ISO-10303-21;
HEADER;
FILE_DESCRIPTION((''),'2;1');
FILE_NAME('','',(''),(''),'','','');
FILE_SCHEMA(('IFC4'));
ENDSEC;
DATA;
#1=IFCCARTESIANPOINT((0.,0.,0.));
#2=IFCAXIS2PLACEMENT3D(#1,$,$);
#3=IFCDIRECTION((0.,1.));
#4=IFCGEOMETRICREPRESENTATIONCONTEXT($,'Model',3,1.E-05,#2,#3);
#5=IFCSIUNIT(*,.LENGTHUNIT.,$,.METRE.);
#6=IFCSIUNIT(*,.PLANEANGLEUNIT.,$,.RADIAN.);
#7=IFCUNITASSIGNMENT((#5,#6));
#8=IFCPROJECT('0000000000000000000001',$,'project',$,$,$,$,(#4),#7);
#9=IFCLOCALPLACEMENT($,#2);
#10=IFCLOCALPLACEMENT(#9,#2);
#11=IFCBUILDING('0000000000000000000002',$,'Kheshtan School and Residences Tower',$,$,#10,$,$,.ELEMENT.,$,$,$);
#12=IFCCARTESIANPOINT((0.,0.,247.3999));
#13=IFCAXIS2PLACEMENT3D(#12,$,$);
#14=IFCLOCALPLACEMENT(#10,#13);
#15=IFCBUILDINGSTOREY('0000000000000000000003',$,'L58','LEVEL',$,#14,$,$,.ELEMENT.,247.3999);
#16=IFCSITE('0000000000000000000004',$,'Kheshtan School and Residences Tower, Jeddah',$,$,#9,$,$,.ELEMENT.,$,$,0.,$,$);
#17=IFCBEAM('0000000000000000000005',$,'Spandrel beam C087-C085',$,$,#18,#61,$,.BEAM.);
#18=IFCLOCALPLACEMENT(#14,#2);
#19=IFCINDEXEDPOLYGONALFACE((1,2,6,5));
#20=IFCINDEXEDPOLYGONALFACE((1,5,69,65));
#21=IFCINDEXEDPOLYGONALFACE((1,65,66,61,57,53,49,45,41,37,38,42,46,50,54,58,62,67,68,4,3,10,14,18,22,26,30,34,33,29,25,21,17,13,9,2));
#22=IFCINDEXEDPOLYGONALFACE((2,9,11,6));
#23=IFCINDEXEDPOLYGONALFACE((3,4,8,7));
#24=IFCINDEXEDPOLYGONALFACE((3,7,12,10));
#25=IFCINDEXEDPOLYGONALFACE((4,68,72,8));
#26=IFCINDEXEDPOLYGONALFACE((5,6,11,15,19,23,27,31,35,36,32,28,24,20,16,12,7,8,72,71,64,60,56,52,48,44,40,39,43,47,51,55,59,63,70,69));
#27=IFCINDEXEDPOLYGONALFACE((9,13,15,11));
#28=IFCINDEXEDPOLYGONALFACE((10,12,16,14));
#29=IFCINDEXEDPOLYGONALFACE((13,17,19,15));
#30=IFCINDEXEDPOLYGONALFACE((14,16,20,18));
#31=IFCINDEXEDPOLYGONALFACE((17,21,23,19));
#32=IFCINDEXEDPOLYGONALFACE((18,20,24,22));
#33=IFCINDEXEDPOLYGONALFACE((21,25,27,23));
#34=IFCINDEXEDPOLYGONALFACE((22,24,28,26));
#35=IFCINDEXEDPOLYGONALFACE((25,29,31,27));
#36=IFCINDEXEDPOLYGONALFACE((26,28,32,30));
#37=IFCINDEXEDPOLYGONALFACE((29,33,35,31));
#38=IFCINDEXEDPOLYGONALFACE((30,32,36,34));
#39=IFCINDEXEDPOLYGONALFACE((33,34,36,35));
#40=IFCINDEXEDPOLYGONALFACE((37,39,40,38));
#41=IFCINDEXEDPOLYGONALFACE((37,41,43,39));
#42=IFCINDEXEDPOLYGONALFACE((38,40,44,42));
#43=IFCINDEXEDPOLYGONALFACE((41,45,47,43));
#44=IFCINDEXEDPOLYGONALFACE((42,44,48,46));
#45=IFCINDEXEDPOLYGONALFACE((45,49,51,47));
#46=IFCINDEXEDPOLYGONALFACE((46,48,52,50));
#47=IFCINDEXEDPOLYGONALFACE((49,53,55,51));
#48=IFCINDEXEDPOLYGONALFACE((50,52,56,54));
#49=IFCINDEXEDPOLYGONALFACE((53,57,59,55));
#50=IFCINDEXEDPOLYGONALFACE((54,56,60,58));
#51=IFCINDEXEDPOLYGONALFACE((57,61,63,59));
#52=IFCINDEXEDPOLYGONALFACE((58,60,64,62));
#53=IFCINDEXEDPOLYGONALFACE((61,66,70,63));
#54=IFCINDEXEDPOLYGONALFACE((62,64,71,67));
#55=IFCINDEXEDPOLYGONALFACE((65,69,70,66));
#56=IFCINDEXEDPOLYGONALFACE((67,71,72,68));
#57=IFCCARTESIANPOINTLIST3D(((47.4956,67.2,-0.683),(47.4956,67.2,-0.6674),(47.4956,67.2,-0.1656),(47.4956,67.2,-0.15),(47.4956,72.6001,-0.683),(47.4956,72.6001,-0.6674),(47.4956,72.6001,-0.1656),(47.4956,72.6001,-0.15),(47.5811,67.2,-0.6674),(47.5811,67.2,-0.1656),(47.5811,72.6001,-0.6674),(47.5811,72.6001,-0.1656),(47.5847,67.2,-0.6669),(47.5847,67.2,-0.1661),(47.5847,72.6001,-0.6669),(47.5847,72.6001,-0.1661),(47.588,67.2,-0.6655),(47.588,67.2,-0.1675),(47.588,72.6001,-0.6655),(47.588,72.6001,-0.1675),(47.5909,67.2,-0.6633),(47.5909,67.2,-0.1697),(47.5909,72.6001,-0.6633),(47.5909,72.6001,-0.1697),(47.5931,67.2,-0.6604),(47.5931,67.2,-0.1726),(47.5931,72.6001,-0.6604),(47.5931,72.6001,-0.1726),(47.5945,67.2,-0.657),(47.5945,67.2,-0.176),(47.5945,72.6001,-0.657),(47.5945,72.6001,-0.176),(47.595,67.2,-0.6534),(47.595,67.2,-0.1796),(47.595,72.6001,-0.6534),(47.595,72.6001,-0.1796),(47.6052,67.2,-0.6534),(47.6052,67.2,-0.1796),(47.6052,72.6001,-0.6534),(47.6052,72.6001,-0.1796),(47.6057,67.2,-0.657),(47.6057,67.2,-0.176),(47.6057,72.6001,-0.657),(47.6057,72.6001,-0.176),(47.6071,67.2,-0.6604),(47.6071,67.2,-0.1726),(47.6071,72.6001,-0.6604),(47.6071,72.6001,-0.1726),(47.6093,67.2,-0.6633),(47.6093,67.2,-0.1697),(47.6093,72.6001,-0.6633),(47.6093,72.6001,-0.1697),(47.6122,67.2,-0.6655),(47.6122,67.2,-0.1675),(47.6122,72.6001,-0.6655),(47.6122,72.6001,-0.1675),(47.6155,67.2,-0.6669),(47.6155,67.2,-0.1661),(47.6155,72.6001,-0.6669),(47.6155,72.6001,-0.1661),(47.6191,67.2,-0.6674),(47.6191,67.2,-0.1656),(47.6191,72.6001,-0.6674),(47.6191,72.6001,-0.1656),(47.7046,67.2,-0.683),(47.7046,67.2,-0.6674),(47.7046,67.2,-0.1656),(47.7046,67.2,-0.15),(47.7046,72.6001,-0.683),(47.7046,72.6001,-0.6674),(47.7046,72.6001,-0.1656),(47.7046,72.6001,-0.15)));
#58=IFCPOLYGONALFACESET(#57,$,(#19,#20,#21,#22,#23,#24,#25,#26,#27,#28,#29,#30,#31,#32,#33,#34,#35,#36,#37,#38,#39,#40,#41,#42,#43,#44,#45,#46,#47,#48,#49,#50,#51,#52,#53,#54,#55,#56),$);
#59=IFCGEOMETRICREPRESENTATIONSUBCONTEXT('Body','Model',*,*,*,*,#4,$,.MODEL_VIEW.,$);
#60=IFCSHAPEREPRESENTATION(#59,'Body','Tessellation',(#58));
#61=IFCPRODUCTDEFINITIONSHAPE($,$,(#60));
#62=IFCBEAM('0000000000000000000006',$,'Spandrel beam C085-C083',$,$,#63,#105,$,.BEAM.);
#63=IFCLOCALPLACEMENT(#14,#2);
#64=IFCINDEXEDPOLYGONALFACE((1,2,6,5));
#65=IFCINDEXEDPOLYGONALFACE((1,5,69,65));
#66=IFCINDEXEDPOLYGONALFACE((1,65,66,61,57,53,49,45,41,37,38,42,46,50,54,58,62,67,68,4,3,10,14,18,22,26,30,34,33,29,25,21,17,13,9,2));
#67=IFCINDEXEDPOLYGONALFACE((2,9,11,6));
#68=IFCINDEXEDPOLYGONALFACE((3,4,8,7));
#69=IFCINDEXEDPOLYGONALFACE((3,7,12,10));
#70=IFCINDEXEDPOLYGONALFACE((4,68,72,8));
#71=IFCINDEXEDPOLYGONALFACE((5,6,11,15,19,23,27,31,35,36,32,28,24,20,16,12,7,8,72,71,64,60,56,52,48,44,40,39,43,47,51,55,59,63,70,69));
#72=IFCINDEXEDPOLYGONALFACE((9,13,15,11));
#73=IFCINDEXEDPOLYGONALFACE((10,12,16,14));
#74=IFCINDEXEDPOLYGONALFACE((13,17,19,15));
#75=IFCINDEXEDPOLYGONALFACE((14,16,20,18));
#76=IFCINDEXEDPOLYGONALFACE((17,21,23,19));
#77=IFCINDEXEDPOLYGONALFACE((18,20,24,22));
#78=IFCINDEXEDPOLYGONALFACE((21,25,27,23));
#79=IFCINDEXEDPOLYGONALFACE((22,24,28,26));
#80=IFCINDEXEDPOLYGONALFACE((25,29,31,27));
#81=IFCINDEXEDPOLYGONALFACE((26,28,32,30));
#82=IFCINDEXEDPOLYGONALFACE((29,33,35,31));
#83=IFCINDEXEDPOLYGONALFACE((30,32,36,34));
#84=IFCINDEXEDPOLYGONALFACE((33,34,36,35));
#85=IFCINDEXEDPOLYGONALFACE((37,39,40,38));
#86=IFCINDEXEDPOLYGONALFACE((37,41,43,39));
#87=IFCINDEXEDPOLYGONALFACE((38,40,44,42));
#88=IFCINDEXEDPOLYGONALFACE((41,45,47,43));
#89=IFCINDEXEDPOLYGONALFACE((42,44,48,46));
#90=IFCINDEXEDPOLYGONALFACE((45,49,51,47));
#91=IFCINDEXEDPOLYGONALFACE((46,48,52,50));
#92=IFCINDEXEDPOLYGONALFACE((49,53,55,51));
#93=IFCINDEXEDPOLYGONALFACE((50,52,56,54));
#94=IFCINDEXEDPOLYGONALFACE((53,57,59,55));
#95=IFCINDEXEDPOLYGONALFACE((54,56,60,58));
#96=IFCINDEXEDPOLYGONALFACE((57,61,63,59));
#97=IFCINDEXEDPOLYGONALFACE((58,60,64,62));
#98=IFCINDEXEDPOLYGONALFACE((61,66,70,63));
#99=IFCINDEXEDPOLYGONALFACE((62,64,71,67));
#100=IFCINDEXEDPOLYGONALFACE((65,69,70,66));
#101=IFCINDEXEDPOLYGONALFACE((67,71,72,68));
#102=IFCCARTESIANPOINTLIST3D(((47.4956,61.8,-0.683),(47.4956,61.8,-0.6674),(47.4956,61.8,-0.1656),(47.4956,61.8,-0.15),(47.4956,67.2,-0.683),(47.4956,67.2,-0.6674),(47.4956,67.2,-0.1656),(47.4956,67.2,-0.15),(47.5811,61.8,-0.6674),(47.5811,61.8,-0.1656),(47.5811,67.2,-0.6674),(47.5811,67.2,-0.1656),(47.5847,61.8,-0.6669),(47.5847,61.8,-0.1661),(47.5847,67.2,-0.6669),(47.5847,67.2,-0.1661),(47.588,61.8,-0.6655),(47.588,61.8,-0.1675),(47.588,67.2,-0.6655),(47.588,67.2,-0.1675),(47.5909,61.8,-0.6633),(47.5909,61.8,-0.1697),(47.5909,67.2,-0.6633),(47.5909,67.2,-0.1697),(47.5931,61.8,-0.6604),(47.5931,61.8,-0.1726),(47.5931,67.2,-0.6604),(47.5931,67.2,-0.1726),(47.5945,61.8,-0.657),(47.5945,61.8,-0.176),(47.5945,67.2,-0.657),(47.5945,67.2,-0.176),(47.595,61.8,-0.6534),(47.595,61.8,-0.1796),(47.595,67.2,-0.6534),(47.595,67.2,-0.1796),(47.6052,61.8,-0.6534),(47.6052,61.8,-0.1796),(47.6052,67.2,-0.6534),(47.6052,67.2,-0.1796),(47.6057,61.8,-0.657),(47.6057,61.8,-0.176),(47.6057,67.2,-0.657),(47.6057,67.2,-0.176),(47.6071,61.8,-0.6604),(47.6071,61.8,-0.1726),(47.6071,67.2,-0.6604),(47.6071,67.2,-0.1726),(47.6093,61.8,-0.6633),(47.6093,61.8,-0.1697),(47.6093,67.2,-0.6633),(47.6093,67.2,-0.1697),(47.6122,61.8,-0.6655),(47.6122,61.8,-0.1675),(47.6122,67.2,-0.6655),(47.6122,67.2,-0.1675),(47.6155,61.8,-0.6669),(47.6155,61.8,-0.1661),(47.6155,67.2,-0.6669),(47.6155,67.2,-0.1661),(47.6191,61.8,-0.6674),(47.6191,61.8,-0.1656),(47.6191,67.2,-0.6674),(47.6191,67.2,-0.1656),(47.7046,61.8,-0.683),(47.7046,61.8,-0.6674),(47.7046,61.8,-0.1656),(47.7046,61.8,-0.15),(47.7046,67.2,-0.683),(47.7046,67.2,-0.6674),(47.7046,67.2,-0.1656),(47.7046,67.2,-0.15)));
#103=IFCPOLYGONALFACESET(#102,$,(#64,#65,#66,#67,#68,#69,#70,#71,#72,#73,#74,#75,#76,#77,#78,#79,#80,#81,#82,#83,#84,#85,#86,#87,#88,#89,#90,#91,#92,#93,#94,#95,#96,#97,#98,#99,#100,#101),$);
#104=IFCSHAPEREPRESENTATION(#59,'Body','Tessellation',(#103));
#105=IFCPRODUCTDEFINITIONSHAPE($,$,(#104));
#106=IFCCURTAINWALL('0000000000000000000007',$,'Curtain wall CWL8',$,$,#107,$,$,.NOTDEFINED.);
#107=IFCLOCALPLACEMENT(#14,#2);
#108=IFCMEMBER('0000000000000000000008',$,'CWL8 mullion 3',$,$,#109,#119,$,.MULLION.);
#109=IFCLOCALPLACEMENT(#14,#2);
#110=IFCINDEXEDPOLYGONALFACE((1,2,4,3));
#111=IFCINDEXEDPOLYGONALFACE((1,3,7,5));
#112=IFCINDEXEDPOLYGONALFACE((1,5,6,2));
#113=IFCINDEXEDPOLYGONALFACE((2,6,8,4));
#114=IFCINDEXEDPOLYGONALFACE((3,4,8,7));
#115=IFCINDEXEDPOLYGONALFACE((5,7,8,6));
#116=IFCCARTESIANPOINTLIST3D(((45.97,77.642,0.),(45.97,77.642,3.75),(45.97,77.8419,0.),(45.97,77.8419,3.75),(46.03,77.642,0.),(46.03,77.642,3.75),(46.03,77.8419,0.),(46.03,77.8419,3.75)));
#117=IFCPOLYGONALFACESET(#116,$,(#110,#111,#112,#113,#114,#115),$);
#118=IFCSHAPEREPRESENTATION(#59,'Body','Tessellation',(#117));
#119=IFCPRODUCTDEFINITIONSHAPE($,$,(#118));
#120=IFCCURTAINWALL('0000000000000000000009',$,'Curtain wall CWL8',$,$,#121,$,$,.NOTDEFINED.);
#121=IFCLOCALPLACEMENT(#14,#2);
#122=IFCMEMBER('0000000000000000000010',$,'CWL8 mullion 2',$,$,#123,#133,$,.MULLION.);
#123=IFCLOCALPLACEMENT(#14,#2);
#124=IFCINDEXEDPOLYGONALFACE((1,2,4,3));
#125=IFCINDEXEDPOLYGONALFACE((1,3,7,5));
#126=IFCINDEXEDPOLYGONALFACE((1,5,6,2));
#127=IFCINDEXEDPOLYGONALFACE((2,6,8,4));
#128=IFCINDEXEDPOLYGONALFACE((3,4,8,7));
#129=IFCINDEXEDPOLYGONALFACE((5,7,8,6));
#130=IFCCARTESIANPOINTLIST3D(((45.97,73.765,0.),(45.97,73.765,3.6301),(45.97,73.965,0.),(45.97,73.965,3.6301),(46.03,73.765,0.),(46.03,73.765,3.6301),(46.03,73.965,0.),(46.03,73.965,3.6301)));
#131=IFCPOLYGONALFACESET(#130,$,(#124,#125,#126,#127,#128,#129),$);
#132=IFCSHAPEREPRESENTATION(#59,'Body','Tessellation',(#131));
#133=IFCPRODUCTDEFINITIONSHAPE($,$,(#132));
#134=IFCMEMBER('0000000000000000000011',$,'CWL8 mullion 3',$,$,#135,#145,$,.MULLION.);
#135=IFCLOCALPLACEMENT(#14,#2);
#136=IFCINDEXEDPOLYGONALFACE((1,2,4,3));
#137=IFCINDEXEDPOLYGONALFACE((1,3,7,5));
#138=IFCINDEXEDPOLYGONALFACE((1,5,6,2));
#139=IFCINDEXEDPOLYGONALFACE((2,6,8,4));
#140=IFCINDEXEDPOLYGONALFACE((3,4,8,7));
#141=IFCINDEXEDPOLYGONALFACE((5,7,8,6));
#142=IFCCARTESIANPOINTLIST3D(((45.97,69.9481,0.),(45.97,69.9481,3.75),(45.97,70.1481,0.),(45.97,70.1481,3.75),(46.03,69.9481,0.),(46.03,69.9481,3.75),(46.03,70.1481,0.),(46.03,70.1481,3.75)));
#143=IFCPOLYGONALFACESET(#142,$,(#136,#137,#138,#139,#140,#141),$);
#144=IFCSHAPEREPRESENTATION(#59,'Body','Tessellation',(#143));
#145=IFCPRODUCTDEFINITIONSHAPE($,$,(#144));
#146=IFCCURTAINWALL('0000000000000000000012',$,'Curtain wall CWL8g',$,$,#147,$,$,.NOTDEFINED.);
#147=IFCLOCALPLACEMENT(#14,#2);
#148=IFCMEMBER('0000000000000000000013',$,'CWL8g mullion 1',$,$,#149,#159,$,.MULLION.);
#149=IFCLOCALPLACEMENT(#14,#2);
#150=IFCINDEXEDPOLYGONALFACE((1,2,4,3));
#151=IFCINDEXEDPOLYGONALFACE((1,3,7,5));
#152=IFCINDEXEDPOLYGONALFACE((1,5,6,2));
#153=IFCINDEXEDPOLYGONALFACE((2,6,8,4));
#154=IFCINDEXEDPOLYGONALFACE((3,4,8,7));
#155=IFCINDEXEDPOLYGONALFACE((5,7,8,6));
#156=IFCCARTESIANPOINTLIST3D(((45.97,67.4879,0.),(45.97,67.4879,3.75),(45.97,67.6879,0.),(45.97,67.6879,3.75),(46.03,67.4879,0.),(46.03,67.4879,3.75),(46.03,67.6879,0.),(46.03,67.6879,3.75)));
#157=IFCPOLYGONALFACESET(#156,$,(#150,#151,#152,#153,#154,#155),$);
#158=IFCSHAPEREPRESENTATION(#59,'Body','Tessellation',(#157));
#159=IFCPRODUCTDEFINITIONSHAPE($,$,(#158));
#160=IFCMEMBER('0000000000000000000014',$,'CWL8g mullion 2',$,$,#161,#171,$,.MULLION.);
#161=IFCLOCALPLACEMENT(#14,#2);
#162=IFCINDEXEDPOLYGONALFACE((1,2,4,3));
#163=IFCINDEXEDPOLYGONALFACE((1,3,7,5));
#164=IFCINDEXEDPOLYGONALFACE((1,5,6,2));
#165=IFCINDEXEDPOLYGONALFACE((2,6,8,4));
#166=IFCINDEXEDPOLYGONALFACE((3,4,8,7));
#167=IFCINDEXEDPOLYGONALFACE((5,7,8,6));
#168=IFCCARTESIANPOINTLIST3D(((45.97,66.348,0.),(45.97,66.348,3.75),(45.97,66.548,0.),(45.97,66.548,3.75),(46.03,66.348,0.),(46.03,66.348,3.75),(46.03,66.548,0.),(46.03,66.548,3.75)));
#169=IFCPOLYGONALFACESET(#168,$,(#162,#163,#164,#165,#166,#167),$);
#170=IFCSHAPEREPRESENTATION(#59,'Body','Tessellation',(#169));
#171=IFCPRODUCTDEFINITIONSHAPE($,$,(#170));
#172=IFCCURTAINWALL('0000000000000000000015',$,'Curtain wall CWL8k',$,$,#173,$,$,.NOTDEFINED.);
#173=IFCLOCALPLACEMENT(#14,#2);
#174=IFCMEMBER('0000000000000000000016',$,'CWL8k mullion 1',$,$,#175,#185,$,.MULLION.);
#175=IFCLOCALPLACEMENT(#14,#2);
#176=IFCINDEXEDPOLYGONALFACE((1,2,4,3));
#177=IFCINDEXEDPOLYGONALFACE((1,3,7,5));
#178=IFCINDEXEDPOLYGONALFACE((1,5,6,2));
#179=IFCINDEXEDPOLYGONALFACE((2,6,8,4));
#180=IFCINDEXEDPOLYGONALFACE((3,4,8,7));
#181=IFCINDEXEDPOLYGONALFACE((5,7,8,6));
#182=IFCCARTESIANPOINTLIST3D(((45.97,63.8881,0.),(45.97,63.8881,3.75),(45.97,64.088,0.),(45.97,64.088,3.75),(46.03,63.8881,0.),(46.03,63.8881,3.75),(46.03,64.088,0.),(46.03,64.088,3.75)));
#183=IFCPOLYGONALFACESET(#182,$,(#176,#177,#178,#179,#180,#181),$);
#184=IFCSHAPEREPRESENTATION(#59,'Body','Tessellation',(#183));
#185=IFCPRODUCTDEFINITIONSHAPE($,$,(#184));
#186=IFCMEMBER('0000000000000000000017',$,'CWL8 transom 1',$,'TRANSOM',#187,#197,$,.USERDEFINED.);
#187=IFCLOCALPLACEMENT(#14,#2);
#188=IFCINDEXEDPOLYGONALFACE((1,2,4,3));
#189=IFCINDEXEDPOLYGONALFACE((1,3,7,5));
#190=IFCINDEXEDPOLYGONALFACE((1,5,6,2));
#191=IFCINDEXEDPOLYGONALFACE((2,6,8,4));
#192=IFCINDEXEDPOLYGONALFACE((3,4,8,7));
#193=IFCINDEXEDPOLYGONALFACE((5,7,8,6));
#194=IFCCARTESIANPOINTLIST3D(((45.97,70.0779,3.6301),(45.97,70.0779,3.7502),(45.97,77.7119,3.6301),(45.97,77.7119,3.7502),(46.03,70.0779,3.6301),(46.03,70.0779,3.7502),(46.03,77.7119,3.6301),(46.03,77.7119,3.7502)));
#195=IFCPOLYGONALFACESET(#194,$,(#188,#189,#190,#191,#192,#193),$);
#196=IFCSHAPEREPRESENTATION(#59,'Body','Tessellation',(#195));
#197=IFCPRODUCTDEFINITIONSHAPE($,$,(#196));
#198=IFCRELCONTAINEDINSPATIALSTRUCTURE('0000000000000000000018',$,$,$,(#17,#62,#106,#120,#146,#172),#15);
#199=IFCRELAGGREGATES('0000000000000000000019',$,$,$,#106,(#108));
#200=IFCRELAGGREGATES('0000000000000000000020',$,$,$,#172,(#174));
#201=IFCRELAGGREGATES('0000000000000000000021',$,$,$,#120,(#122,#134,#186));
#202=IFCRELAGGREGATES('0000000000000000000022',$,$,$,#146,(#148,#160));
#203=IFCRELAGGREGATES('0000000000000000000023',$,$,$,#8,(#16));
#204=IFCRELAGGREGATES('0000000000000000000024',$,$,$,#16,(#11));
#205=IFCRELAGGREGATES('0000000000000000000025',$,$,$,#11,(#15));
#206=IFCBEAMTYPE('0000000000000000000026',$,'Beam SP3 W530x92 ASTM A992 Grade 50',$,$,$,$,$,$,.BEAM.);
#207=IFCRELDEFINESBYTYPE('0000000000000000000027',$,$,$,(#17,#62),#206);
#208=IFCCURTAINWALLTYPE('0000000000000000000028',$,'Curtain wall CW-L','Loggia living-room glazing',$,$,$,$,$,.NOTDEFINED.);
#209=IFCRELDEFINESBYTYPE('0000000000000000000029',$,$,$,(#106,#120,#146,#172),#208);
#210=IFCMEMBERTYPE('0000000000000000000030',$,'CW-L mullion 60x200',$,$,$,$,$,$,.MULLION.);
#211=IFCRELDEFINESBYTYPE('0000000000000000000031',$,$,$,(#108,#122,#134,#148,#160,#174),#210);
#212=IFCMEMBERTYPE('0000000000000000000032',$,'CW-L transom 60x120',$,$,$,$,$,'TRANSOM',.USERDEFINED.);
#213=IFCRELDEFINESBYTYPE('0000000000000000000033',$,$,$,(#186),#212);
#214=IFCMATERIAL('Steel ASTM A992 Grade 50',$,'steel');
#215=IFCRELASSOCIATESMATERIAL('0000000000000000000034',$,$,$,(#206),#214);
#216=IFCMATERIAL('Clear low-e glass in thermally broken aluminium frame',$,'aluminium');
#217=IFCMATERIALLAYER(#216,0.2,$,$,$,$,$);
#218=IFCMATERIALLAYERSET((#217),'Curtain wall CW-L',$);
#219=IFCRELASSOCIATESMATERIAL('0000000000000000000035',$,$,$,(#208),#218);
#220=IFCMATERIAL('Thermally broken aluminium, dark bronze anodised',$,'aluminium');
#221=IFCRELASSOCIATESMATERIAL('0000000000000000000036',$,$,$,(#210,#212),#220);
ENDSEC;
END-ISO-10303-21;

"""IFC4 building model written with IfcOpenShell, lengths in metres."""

from ifc_helpers import new_model, si_unit, direction, frame, origin, origin_2d, place, context, subcontext, project, spatial, rectangle, i_section, extrude, material, layer, layer_set, material_profile, profile_set, type_object, element, aggregate, save


model = new_model("IFC4")

# Units and contexts
model_context = context("Model", 3, precision=1e-05, world=origin(), true_north=direction((0.0, 1.0)))
body_context = subcontext(model_context, "Body", "Model", "MODEL_VIEW")
ifc_project = project(units=[si_unit("LENGTHUNIT", "METRE"), si_unit("PLANEANGLEUNIT", "RADIAN")], contexts=[model_context])

# Site, building, storey
site_placement = place(None, origin())
site = spatial("IfcSite", under=ifc_project, at=site_placement, Name="Kheshtan School and Residences Tower, Jeddah", CompositionType="ELEMENT", RefElevation=0.0)
building_placement = place(site_placement, origin())
building = spatial("IfcBuilding", under=site, at=building_placement, Name="Kheshtan School and Residences Tower", CompositionType="ELEMENT")
storey_placement = place(building_placement, frame((0.0, 0.0, 247.3999)))
storey = spatial("IfcBuildingStorey", under=building, at=storey_placement, Name="L58", Description="LEVEL", CompositionType="ELEMENT", Elevation=247.3999)

# Shared definitions
ifc_material_1 = material(Name="Steel ASTM A992 Grade 50", Category="steel")

# Beams
ifc_material_profile_1 = material_profile(ifc_material_1, i_section(OverallWidth=0.209, OverallDepth=0.533, WebThickness=0.0103, FlangeThickness=0.0156, FilletRadius=0.0139, at=origin_2d()), Name="W530x92")
ifc_profile_set_1 = profile_set([ifc_material_profile_1], Name="Steel ASTM A992 Grade 50")
beam_type_1 = type_object("IfcBeamType", Name="Beam SP3 W530x92 ASTM A992 Grade 50", PredefinedType="BEAM", material=ifc_profile_set_1)
beam_1_placement = place(storey_placement, frame((47.6001, 72.6001, -0.4165), z_axis=(0.0, -1.0, 0.0), x_axis=(1.0, 0.0, 0.0)))
element("IfcBeam", 1, at=beam_1_placement, inside=storey, type_object=beam_type_1, Name="Spandrel beam C087-C085", PredefinedType="BEAM", context=body_context, shape_type="SweptSolid", body=[
    extrude(i_section(OverallWidth=0.209, OverallDepth=0.533, WebThickness=0.0103, FlangeThickness=0.0156, FilletRadius=0.0139, at=origin_2d()), origin(), (0.0, 0.0, 1.0), 5.4001),
])
beam_2_placement = place(storey_placement, frame((47.6001, 67.2, -0.4165), z_axis=(0.0, -1.0, 0.0), x_axis=(1.0, 0.0, 0.0)))
element("IfcBeam", 2, at=beam_2_placement, inside=storey, type_object=beam_type_1, Name="Spandrel beam C085-C083", PredefinedType="BEAM", context=body_context, shape_type="SweptSolid", body=[
    extrude(i_section(OverallWidth=0.209, OverallDepth=0.533, WebThickness=0.0103, FlangeThickness=0.0156, FilletRadius=0.0139, at=origin_2d()), origin(), (0.0, 0.0, 1.0), 5.3999),
])

# Curtain wall, member
ifc_material_2 = material(Name="Clear low-e glass in thermally broken aluminium frame", Category="aluminium")
ifc_layer_1 = layer(ifc_material_2, 0.2)
ifc_layer_set_1 = layer_set([ifc_layer_1], Name="Curtain wall CW-L")
curtain_wall_type = type_object("IfcCurtainWallType", Name="Curtain wall CW-L", Description="Loggia living-room glazing", PredefinedType="NOTDEFINED", material=ifc_layer_set_1)
curtain_wall_1_placement = place(storey_placement, origin())
curtain_wall_1 = element("IfcCurtainWall", 3, at=curtain_wall_1_placement, inside=storey, type_object=curtain_wall_type, Name="Curtain wall CWL8", PredefinedType="NOTDEFINED")
ifc_material_3 = material(Name="Thermally broken aluminium, dark bronze anodised", Category="aluminium")
ifc_material_profile_2 = material_profile(ifc_material_3, rectangle(XDim=0.0601, YDim=0.2, at=origin_2d()), Name="CW-L mullion 60x200")
ifc_profile_set_2 = profile_set([ifc_material_profile_2], Name="Thermally broken aluminium, dark bronze anodised")
member_type_1 = type_object("IfcMemberType", Name="CW-L mullion 60x200", PredefinedType="MULLION", material=ifc_profile_set_2)
member_1_placement = place(storey_placement, frame((46.0, 77.7419, 0.0), z_axis=(0.0, 0.0, 1.0), x_axis=(1.0, 0.0, 0.0)))
member_1 = element("IfcMember", 4, at=member_1_placement, type_object=member_type_1, Name="CWL8 mullion 3", PredefinedType="MULLION", context=body_context, shape_type="SweptSolid", body=[
    extrude(rectangle(XDim=0.0601, YDim=0.2, at=origin_2d()), origin(), (0.0, 0.0, 1.0), 3.75),
])
aggregate(curtain_wall_1, [member_1])

# Curtain walls, members
curtain_wall_2_placement = place(storey_placement, origin())
curtain_wall_2 = element("IfcCurtainWall", 5, at=curtain_wall_2_placement, inside=storey, type_object=curtain_wall_type, Name="Curtain wall CWL8", PredefinedType="NOTDEFINED")
member_2_placement = place(storey_placement, frame((46.0, 73.865, 0.0), z_axis=(0.0, 0.0, 1.0), x_axis=(1.0, 0.0, 0.0)))
member_2 = element("IfcMember", 6, at=member_2_placement, type_object=member_type_1, Name="CWL8 mullion 2", PredefinedType="MULLION", context=body_context, shape_type="SweptSolid", body=[
    extrude(rectangle(XDim=0.0601, YDim=0.2, at=origin_2d()), origin(), (0.0, 0.0, 1.0), 3.6301),
])
member_3_placement = place(storey_placement, frame((46.0, 70.0481, 0.0), z_axis=(0.0, 0.0, 1.0), x_axis=(1.0, 0.0, 0.0)))
member_3 = element("IfcMember", 7, at=member_3_placement, type_object=member_type_1, Name="CWL8 mullion 3", PredefinedType="MULLION", context=body_context, shape_type="SweptSolid", body=[
    extrude(rectangle(XDim=0.0601, YDim=0.2, at=origin_2d()), origin(), (0.0, 0.0, 1.0), 3.75),
])
curtain_wall_3_placement = place(storey_placement, origin())
curtain_wall_3 = element("IfcCurtainWall", 8, at=curtain_wall_3_placement, inside=storey, type_object=curtain_wall_type, Name="Curtain wall CWL8g", PredefinedType="NOTDEFINED")
member_4_placement = place(storey_placement, frame((46.0, 67.5879, 0.0), z_axis=(0.0, 0.0, 1.0), x_axis=(1.0, 0.0, 0.0)))
member_4 = element("IfcMember", 9, at=member_4_placement, type_object=member_type_1, Name="CWL8g mullion 1", PredefinedType="MULLION", context=body_context, shape_type="SweptSolid", body=[
    extrude(rectangle(XDim=0.0601, YDim=0.2, at=origin_2d()), origin(), (0.0, 0.0, 1.0), 3.75),
])
member_5_placement = place(storey_placement, frame((46.0, 66.448, 0.0), z_axis=(0.0, 0.0, 1.0), x_axis=(1.0, 0.0, 0.0)))
member_5 = element("IfcMember", 10, at=member_5_placement, type_object=member_type_1, Name="CWL8g mullion 2", PredefinedType="MULLION", context=body_context, shape_type="SweptSolid", body=[
    extrude(rectangle(XDim=0.0601, YDim=0.2, at=origin_2d()), origin(), (0.0, 0.0, 1.0), 3.75),
])

# Curtain wall, member
curtain_wall_4_placement = place(storey_placement, origin())
curtain_wall_4 = element("IfcCurtainWall", 11, at=curtain_wall_4_placement, inside=storey, type_object=curtain_wall_type, Name="Curtain wall CWL8k", PredefinedType="NOTDEFINED")
member_6_placement = place(storey_placement, frame((46.0, 63.988, 0.0), z_axis=(0.0, 0.0, 1.0), x_axis=(1.0, 0.0, 0.0)))
member_6 = element("IfcMember", 12, at=member_6_placement, type_object=member_type_1, Name="CWL8k mullion 1", PredefinedType="MULLION", context=body_context, shape_type="SweptSolid", body=[
    extrude(rectangle(XDim=0.0601, YDim=0.2, at=origin_2d()), origin(), (0.0, 0.0, 1.0), 3.75),
])

# Member
ifc_material_profile_3 = material_profile(ifc_material_3, rectangle(XDim=0.0601, YDim=0.1201, at=origin_2d()), Name="CW-L transom 60x120")
ifc_profile_set_3 = profile_set([ifc_material_profile_3], Name="Thermally broken aluminium, dark bronze anodised")
member_type_2 = type_object("IfcMemberType", Name="CW-L transom 60x120", ElementType="TRANSOM", PredefinedType="USERDEFINED", material=ifc_profile_set_3)
member_7_placement = place(storey_placement, frame((46.0, 77.7119, 3.6902), z_axis=(0.0, -1.0, 0.0), x_axis=(1.0, 0.0, 0.0)))
member_7 = element("IfcMember", 13, at=member_7_placement, type_object=member_type_2, Name="CWL8 transom 1", ObjectType="TRANSOM", PredefinedType="USERDEFINED", context=body_context, shape_type="SweptSolid", body=[
    extrude(rectangle(XDim=0.0601, YDim=0.1201, at=origin_2d()), origin(), (0.0, 0.0, 1.0), 7.634),
])
aggregate(curtain_wall_4, [member_6])

aggregate(curtain_wall_2, [member_2, member_3, member_7])
aggregate(curtain_wall_3, [member_4, member_5])

save(model, "model.ifc")
